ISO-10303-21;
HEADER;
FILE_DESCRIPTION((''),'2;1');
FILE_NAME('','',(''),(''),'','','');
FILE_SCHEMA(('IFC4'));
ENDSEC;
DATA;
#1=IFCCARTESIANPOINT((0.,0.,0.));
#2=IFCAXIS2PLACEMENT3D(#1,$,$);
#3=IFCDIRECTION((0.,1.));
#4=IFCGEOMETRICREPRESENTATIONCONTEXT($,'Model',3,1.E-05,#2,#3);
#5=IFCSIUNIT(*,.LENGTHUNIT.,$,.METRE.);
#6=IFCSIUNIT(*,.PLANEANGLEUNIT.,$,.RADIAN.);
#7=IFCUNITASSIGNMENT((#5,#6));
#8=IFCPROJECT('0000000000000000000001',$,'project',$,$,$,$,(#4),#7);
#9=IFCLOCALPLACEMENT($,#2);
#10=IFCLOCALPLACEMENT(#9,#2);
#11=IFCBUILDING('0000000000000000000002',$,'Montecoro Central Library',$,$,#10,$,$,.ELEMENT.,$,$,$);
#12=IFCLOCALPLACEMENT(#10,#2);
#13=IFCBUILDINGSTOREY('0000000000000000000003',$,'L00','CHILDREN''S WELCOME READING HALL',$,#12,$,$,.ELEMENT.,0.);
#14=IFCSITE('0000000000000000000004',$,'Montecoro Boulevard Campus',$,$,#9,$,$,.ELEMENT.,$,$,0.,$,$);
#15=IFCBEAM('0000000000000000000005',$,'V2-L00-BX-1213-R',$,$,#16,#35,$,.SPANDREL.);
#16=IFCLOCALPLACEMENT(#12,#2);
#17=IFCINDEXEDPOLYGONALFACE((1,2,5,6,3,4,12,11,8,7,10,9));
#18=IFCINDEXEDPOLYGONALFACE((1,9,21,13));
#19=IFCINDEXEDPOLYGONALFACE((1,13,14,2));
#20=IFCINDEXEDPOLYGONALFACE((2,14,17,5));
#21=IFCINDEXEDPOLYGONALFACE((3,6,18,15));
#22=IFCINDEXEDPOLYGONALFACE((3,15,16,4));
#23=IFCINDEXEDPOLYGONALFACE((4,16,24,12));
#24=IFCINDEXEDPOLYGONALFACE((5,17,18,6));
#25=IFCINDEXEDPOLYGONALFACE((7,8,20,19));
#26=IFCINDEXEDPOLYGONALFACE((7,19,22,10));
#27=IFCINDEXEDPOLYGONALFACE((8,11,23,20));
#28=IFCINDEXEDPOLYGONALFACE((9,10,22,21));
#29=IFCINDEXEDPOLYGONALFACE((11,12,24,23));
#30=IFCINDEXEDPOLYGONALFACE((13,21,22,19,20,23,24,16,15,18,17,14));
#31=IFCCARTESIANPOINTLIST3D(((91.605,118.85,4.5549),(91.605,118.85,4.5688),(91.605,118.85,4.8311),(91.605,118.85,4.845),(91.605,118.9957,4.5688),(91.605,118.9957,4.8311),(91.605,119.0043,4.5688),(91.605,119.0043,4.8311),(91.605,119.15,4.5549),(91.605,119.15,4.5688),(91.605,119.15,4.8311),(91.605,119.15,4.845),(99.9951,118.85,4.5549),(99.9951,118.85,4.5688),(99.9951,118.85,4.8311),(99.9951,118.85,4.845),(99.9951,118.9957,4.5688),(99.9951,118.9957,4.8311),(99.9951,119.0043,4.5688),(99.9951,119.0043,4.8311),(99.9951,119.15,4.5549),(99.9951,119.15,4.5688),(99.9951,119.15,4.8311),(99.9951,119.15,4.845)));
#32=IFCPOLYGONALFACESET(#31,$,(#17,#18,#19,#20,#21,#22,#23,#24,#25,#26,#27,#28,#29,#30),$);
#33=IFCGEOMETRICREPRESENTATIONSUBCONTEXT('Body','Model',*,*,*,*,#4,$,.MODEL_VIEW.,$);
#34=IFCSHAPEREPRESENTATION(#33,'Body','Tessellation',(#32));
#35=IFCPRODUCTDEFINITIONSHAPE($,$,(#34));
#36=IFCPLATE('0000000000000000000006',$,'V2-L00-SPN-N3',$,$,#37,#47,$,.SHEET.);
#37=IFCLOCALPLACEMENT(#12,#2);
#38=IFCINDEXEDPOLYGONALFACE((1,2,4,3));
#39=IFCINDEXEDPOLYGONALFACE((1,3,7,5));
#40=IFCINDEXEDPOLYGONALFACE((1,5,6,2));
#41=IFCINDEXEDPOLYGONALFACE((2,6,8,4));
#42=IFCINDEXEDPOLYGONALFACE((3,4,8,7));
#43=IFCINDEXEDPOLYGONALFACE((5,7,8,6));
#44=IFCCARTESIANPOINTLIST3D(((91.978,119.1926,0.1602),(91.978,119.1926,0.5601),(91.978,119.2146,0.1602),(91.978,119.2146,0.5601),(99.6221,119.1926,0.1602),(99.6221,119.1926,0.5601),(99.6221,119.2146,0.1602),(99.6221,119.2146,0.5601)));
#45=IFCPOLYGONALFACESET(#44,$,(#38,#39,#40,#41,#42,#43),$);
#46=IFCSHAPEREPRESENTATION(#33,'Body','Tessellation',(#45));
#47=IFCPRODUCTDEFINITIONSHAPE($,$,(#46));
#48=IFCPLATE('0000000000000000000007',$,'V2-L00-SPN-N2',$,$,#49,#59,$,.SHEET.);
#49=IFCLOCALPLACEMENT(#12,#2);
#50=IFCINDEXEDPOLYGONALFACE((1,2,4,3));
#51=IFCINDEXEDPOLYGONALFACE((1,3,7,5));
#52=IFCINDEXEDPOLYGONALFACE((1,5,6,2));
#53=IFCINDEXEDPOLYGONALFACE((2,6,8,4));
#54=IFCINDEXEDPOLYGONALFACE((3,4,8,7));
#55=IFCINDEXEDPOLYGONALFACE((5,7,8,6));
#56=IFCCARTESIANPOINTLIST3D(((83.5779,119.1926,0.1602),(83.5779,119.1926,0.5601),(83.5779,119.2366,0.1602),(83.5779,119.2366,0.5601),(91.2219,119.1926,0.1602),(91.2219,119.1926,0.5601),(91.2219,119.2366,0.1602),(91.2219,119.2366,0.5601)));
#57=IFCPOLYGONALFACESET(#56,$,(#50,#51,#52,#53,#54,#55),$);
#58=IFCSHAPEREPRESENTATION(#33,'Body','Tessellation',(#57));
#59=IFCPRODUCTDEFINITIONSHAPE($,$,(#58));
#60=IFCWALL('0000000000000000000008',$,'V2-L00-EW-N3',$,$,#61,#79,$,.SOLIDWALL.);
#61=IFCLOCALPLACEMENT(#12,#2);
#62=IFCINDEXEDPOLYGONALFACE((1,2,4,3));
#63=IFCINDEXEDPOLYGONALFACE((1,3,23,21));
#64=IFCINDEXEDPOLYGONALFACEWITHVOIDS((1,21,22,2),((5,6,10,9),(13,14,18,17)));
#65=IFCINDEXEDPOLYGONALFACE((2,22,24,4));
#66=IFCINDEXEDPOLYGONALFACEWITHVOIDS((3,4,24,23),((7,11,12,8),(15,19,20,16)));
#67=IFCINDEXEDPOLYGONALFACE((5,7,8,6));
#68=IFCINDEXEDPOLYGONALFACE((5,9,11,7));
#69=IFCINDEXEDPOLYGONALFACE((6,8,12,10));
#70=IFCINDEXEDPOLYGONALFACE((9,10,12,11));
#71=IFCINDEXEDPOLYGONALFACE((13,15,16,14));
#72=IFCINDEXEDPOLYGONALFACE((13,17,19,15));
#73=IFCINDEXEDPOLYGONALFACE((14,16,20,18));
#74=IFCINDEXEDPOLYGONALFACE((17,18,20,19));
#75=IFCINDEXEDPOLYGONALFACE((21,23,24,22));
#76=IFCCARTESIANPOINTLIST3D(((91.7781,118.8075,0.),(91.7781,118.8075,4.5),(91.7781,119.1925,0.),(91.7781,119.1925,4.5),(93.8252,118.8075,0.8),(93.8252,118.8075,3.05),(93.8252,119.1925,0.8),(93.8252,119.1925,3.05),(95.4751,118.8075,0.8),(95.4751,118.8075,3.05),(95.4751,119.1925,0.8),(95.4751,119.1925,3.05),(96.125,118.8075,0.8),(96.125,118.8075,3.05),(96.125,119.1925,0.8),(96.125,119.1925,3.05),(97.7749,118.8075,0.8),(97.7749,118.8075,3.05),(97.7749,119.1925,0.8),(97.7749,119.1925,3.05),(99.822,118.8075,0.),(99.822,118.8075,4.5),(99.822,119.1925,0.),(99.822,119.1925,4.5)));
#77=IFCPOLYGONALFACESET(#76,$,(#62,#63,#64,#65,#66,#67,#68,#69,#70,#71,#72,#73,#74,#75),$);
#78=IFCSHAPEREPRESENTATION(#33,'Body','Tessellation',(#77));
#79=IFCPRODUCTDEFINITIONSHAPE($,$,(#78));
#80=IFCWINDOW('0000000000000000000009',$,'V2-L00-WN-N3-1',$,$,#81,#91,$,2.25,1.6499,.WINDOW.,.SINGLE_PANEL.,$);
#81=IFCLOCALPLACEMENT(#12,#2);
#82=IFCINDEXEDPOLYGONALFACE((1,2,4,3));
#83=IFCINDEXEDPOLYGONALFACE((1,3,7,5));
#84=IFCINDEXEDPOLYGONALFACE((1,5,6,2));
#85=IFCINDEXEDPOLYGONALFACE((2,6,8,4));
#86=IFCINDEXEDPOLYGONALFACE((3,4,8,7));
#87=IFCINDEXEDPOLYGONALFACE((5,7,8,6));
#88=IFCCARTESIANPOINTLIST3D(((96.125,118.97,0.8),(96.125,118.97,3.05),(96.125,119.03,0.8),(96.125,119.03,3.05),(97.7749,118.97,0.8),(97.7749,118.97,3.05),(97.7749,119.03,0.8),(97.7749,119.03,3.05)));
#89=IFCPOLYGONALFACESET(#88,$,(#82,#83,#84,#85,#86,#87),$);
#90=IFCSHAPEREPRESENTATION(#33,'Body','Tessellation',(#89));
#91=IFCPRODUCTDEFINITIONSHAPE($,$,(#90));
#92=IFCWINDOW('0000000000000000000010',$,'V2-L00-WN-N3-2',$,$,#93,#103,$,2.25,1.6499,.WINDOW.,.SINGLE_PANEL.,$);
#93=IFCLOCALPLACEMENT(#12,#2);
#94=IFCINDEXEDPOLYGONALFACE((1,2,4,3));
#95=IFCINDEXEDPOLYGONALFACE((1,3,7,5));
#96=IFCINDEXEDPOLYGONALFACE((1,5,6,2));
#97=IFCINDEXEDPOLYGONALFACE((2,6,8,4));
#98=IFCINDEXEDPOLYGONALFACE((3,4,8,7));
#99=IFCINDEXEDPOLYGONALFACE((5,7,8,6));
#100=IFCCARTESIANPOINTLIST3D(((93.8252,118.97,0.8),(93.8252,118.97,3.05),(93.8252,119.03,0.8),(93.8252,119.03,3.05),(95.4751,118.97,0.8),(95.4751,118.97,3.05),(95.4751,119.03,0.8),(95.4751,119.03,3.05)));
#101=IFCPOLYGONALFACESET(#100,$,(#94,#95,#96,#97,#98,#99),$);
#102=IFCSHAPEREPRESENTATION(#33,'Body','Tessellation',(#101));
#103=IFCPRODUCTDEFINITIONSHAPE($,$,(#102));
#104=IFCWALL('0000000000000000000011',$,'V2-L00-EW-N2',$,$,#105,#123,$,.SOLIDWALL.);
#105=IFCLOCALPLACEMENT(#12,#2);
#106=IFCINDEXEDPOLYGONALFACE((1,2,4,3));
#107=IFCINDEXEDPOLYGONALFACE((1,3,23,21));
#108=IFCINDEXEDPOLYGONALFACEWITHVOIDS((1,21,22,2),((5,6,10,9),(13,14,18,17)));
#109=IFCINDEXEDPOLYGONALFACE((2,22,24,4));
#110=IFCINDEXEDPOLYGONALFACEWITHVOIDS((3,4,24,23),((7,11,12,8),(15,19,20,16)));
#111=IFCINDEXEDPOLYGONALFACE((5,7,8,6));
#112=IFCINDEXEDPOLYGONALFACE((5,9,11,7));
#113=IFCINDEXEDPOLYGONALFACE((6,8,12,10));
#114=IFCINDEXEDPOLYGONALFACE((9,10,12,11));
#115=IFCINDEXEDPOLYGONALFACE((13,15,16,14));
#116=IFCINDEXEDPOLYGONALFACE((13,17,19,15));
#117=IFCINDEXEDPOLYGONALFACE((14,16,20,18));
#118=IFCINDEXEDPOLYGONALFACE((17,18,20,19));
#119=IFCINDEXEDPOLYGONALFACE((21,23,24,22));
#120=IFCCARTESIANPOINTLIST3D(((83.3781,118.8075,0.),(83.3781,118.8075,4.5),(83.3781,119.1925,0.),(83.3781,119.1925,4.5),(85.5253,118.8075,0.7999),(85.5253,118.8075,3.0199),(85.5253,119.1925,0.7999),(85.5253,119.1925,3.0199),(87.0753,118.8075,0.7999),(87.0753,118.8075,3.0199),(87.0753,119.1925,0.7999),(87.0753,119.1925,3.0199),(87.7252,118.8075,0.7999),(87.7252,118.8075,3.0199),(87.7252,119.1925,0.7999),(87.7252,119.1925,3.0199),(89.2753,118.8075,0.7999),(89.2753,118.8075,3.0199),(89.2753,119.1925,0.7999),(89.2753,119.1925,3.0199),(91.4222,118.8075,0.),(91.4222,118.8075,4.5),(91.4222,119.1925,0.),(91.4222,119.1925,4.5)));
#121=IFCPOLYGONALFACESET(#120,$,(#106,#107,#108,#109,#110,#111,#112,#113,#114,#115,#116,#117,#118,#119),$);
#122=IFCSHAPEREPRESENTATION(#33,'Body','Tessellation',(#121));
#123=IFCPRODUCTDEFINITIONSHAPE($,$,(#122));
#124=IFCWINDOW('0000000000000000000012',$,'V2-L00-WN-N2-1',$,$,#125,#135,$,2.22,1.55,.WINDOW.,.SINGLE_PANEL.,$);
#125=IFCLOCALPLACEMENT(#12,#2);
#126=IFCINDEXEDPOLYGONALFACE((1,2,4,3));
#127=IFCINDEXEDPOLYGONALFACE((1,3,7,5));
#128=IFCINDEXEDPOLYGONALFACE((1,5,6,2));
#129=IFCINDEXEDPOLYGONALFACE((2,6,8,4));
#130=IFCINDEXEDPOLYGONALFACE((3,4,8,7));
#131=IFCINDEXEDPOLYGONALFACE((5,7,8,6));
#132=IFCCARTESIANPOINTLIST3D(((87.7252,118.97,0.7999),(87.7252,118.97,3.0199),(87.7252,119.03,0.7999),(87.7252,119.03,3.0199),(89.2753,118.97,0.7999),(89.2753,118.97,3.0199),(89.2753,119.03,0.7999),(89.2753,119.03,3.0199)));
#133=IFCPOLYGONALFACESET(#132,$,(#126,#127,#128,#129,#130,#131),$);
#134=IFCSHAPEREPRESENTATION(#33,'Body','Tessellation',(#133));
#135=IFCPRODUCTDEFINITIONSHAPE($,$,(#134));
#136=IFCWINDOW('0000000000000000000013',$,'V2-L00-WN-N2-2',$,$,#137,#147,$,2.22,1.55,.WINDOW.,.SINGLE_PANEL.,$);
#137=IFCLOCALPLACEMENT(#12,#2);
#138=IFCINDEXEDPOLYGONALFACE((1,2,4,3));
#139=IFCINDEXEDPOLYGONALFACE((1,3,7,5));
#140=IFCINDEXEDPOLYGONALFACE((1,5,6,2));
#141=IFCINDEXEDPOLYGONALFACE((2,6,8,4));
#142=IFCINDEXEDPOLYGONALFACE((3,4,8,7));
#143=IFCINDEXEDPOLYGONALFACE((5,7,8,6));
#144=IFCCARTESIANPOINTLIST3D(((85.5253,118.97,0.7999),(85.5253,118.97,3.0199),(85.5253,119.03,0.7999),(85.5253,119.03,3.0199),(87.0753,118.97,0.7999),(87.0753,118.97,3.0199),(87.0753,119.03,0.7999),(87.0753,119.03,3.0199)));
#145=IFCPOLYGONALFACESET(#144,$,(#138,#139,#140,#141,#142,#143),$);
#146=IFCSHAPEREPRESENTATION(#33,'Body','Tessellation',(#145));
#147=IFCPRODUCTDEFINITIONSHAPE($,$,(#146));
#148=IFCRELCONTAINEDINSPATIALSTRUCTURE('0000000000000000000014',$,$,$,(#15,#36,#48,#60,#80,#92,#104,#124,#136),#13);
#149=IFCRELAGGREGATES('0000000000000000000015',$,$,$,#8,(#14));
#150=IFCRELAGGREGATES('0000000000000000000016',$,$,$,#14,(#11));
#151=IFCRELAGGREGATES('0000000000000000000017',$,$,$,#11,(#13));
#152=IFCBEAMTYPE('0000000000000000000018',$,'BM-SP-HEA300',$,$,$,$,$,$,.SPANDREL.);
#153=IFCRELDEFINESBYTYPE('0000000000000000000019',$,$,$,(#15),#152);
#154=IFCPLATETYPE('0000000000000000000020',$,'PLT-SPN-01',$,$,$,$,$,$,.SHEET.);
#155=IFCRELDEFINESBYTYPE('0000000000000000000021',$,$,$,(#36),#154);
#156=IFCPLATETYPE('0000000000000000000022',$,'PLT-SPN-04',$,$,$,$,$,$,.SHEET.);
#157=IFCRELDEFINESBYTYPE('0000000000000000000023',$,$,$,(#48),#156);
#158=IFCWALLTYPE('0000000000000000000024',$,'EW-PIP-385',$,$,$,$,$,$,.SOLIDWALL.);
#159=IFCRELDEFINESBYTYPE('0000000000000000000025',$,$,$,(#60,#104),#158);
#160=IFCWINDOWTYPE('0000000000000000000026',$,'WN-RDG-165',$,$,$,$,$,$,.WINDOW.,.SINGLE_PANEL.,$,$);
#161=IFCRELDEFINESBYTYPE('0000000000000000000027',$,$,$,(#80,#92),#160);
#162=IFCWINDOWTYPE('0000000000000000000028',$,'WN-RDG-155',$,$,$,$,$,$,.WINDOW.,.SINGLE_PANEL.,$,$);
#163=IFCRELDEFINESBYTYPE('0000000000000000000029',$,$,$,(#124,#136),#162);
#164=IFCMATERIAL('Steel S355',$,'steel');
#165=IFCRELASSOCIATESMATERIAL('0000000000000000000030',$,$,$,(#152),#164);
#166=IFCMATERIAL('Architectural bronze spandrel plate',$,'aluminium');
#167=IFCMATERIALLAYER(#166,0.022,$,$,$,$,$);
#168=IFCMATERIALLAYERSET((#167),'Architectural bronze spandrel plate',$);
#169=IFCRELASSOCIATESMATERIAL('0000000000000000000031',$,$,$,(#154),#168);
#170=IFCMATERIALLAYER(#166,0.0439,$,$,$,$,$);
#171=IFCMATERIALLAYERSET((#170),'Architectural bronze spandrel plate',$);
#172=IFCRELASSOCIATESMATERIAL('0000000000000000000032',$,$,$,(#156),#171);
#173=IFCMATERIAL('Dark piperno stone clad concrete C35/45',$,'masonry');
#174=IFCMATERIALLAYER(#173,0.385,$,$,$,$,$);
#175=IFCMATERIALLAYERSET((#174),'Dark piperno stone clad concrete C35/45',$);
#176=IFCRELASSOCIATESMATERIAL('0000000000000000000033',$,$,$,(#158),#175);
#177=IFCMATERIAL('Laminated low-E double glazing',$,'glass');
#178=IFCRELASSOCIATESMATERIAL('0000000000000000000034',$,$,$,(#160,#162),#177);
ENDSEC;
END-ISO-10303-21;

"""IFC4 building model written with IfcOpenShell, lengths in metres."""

from ifc_helpers import new_model, si_unit, direction, frame, frame_2d, origin, origin_2d, place, context, subcontext, project, spatial, rectangle, i_section, extrude, material, layer, layer_set, material_profile, profile_set, type_object, element, fill, save


model = new_model("IFC4")

# Units and contexts
model_context = context("Model", 3, precision=1e-05, world=origin(), true_north=direction((0.0, 1.0)))
body_context = subcontext(model_context, "Body", "Model", "MODEL_VIEW")
ifc_project = project(units=[si_unit("LENGTHUNIT", "METRE"), si_unit("PLANEANGLEUNIT", "RADIAN")], contexts=[model_context])

# Site, building, storey
site_placement = place(None, origin())
site = spatial("IfcSite", under=ifc_project, at=site_placement, Name="Montecoro Boulevard Campus", CompositionType="ELEMENT", RefElevation=0.0)
building_placement = place(site_placement, origin())
building = spatial("IfcBuilding", under=site, at=building_placement, Name="Montecoro Central Library", CompositionType="ELEMENT")
storey_placement = place(building_placement, origin())
storey = spatial("IfcBuildingStorey", under=building, at=storey_placement, Name="L00", Description="CHILDREN'S WELCOME READING HALL", CompositionType="ELEMENT", Elevation=0.0)

# Beam
ifc_material_1 = material(Name="Steel S355", Category="steel")
ifc_material_profile_1 = material_profile(ifc_material_1, i_section(OverallWidth=0.3, OverallDepth=0.29, WebThickness=0.0085, FlangeThickness=0.0139, at=origin_2d()), Name="HEA 300")
ifc_profile_set_1 = profile_set([ifc_material_profile_1], Name="Steel S355")
beam_type_1 = type_object("IfcBeamType", Name="BM-SP-HEA300", PredefinedType="SPANDREL", material=ifc_profile_set_1)
beam_1_placement = place(storey_placement, frame((91.605, 119.0, 4.7), z_axis=(1.0, 0.0, 0.0), x_axis=(0.0, 1.0, 0.0)))
element("IfcBeam", 1, at=beam_1_placement, inside=storey, type_object=beam_type_1, Name="V2-L00-BX-1213-R", PredefinedType="SPANDREL", context=body_context, shape_type="SweptSolid", body=[
    extrude(i_section(OverallWidth=0.3, OverallDepth=0.29, WebThickness=0.0085, FlangeThickness=0.0139, at=origin_2d()), origin(), (0.0, 0.0, 1.0), 8.3901),
])

# Plates
ifc_material_2 = material(Name="Architectural bronze spandrel plate", Category="aluminium")
ifc_layer_1 = layer(ifc_material_2, 0.022)
ifc_layer_set_1 = layer_set([ifc_layer_1], Name="Architectural bronze spandrel plate")
plate_type_1 = type_object("IfcPlateType", Name="PLT-SPN-01", PredefinedType="SHEET", material=ifc_layer_set_1)
plate_1_placement = place(storey_placement, frame((95.8, 119.2036, 0.1602), z_axis=(0.0, 0.0, 1.0), x_axis=(-1.0, 0.0, 0.0)))
element("IfcPlate", 2, at=plate_1_placement, inside=storey, type_object=plate_type_1, Name="V2-L00-SPN-N3", PredefinedType="SHEET", context=body_context, shape_type="SweptSolid", body=[
    extrude(rectangle(XDim=7.644, YDim=0.022, at=origin_2d()), origin(), (0.0, 0.0, 1.0), 0.3999),
])
ifc_layer_2 = layer(ifc_material_2, 0.0439)
ifc_layer_set_2 = layer_set([ifc_layer_2], Name="Architectural bronze spandrel plate")
plate_type_2 = type_object("IfcPlateType", Name="PLT-SPN-04", PredefinedType="SHEET", material=ifc_layer_set_2)
plate_2_placement = place(storey_placement, frame((87.3999, 119.2146, 0.1602), z_axis=(0.0, 0.0, 1.0), x_axis=(-1.0, 0.0, 0.0)))
element("IfcPlate", 3, at=plate_2_placement, inside=storey, type_object=plate_type_2, Name="V2-L00-SPN-N2", PredefinedType="SHEET", context=body_context, shape_type="SweptSolid", body=[
    extrude(rectangle(XDim=7.644, YDim=0.0439, at=origin_2d()), origin(), (0.0, 0.0, 1.0), 0.3999),
])

# Walls, openings, windows
ifc_material_3 = material(Name="Dark piperno stone clad concrete C35/45", Category="masonry")
ifc_layer_3 = layer(ifc_material_3, 0.385)
ifc_layer_set_3 = layer_set([ifc_layer_3], Name="Dark piperno stone clad concrete C35/45")
wall_type_1 = type_object("IfcWallType", Name="EW-PIP-385", PredefinedType="SOLIDWALL", material=ifc_layer_set_3)
wall_1_placement = place(storey_placement, frame((99.822, 119.0, 0.0), z_axis=(0.0, 0.0, 1.0), x_axis=(-1.0, 0.0, 0.0)))
wall_1 = element("IfcWall", 4, at=wall_1_placement, inside=storey, type_object=wall_type_1, Name="V2-L00-EW-N3", PredefinedType="SOLIDWALL", context=body_context, shape_type="SweptSolid", body=[
    extrude(rectangle(XDim=8.0439, YDim=0.385, at=frame_2d((4.022, 0.0))), origin(), (0.0, 0.0, 1.0), 4.5),
])
opening_1_placement = place(wall_1_placement, frame((2.0471, 0.0, 0.8)))
opening_1 = element("IfcOpeningElement", 5, at=opening_1_placement, cuts=wall_1, PredefinedType="OPENING", context=body_context, shape_type="SweptSolid", body=[
    extrude(rectangle(XDim=1.6499, YDim=2.25, at=frame_2d((0.825, 1.125))), frame((0.0, 0.2024, 0.0), z_axis=(0.0, -1.0, 0.0), x_axis=(1.0, 0.0, 0.0)), (0.0, 0.0, 1.0), 0.405),
])
opening_2_placement = place(wall_1_placement, frame((4.3469, 0.0, 0.8)))
opening_2 = element("IfcOpeningElement", 6, at=opening_2_placement, cuts=wall_1, PredefinedType="OPENING", context=body_context, shape_type="SweptSolid", body=[
    extrude(rectangle(XDim=1.6499, YDim=2.25, at=frame_2d((0.825, 1.125))), frame((0.0, 0.2024, 0.0), z_axis=(0.0, -1.0, 0.0), x_axis=(1.0, 0.0, 0.0)), (0.0, 0.0, 1.0), 0.405),
])
ifc_material_4 = material(Name="Laminated low-E double glazing", Category="glass")
window_type_1 = type_object("IfcWindowType", Name="WN-RDG-165", PartitioningType="SINGLE_PANEL", PredefinedType="WINDOW", material=ifc_material_4)
window_1_placement = place(opening_1_placement, origin())
window_1 = element("IfcWindow", 7, at=window_1_placement, inside=storey, type_object=window_type_1, Name="V2-L00-WN-N3-1", OverallHeight=2.25, OverallWidth=1.6499, PartitioningType="SINGLE_PANEL", PredefinedType="WINDOW", context=body_context, shape_type="SweptSolid", body=[
    extrude(rectangle(XDim=1.6499, YDim=2.25, at=frame_2d((0.825, 1.125))), frame((0.0, 0.03, 0.0), z_axis=(0.0, -1.0, 0.0), x_axis=(1.0, 0.0, 0.0)), (0.0, 0.0, 1.0), 0.0601),
])
fill(opening_1, window_1)
window_2_placement = place(opening_2_placement, origin())
window_2 = element("IfcWindow", 8, at=window_2_placement, inside=storey, type_object=window_type_1, Name="V2-L00-WN-N3-2", OverallHeight=2.25, OverallWidth=1.6499, PartitioningType="SINGLE_PANEL", PredefinedType="WINDOW", context=body_context, shape_type="SweptSolid", body=[
    extrude(rectangle(XDim=1.6499, YDim=2.25, at=frame_2d((0.825, 1.125))), frame((0.0, 0.03, 0.0), z_axis=(0.0, -1.0, 0.0), x_axis=(1.0, 0.0, 0.0)), (0.0, 0.0, 1.0), 0.0601),
])
fill(opening_2, window_2)
wall_2_placement = place(storey_placement, frame((91.4221, 119.0, 0.0), z_axis=(0.0, 0.0, 1.0), x_axis=(-1.0, 0.0, 0.0)))
wall_2 = element("IfcWall", 9, at=wall_2_placement, inside=storey, type_object=wall_type_1, Name="V2-L00-EW-N2", PredefinedType="SOLIDWALL", context=body_context, shape_type="SweptSolid", body=[
    extrude(rectangle(XDim=8.0442, YDim=0.385, at=frame_2d((4.022, 0.0))), origin(), (0.0, 0.0, 1.0), 4.5),
])
opening_3_placement = place(wall_2_placement, frame((2.147, 0.0, 0.8)))
opening_3 = element("IfcOpeningElement", 10, at=opening_3_placement, cuts=wall_2, PredefinedType="OPENING", context=body_context, shape_type="SweptSolid", body=[
    extrude(rectangle(XDim=1.55, YDim=2.22, at=frame_2d((0.7749, 1.1099))), frame((0.0, 0.2024, 0.0), z_axis=(0.0, -1.0, 0.0), x_axis=(1.0, 0.0, 0.0)), (0.0, 0.0, 1.0), 0.405),
])
opening_4_placement = place(wall_2_placement, frame((4.3469, 0.0, 0.8)))
opening_4 = element("IfcOpeningElement", 11, at=opening_4_placement, cuts=wall_2, PredefinedType="OPENING", context=body_context, shape_type="SweptSolid", body=[
    extrude(rectangle(XDim=1.55, YDim=2.22, at=frame_2d((0.7749, 1.1099))), frame((0.0, 0.2024, 0.0), z_axis=(0.0, -1.0, 0.0), x_axis=(1.0, 0.0, 0.0)), (0.0, 0.0, 1.0), 0.405),
])
window_type_2 = type_object("IfcWindowType", Name="WN-RDG-155", PartitioningType="SINGLE_PANEL", PredefinedType="WINDOW", material=ifc_material_4)
window_3_placement = place(opening_3_placement, origin())
window_3 = element("IfcWindow", 12, at=window_3_placement, inside=storey, type_object=window_type_2, Name="V2-L00-WN-N2-1", OverallHeight=2.22, OverallWidth=1.55, PartitioningType="SINGLE_PANEL", PredefinedType="WINDOW", context=body_context, shape_type="SweptSolid", body=[
    extrude(rectangle(XDim=1.55, YDim=2.22, at=frame_2d((0.7749, 1.1099))), frame((0.0, 0.03, 0.0), z_axis=(0.0, -1.0, 0.0), x_axis=(1.0, 0.0, 0.0)), (0.0, 0.0, 1.0), 0.0601),
])
fill(opening_3, window_3)
window_4_placement = place(opening_4_placement, origin())
window_4 = element("IfcWindow", 13, at=window_4_placement, inside=storey, type_object=window_type_2, Name="V2-L00-WN-N2-2", OverallHeight=2.22, OverallWidth=1.55, PartitioningType="SINGLE_PANEL", PredefinedType="WINDOW", context=body_context, shape_type="SweptSolid", body=[
    extrude(rectangle(XDim=1.55, YDim=2.22, at=frame_2d((0.7749, 1.1099))), frame((0.0, 0.03, 0.0), z_axis=(0.0, -1.0, 0.0), x_axis=(1.0, 0.0, 0.0)), (0.0, 0.0, 1.0), 0.0601),
])
fill(opening_4, window_4)

save(model, "model.ifc")
